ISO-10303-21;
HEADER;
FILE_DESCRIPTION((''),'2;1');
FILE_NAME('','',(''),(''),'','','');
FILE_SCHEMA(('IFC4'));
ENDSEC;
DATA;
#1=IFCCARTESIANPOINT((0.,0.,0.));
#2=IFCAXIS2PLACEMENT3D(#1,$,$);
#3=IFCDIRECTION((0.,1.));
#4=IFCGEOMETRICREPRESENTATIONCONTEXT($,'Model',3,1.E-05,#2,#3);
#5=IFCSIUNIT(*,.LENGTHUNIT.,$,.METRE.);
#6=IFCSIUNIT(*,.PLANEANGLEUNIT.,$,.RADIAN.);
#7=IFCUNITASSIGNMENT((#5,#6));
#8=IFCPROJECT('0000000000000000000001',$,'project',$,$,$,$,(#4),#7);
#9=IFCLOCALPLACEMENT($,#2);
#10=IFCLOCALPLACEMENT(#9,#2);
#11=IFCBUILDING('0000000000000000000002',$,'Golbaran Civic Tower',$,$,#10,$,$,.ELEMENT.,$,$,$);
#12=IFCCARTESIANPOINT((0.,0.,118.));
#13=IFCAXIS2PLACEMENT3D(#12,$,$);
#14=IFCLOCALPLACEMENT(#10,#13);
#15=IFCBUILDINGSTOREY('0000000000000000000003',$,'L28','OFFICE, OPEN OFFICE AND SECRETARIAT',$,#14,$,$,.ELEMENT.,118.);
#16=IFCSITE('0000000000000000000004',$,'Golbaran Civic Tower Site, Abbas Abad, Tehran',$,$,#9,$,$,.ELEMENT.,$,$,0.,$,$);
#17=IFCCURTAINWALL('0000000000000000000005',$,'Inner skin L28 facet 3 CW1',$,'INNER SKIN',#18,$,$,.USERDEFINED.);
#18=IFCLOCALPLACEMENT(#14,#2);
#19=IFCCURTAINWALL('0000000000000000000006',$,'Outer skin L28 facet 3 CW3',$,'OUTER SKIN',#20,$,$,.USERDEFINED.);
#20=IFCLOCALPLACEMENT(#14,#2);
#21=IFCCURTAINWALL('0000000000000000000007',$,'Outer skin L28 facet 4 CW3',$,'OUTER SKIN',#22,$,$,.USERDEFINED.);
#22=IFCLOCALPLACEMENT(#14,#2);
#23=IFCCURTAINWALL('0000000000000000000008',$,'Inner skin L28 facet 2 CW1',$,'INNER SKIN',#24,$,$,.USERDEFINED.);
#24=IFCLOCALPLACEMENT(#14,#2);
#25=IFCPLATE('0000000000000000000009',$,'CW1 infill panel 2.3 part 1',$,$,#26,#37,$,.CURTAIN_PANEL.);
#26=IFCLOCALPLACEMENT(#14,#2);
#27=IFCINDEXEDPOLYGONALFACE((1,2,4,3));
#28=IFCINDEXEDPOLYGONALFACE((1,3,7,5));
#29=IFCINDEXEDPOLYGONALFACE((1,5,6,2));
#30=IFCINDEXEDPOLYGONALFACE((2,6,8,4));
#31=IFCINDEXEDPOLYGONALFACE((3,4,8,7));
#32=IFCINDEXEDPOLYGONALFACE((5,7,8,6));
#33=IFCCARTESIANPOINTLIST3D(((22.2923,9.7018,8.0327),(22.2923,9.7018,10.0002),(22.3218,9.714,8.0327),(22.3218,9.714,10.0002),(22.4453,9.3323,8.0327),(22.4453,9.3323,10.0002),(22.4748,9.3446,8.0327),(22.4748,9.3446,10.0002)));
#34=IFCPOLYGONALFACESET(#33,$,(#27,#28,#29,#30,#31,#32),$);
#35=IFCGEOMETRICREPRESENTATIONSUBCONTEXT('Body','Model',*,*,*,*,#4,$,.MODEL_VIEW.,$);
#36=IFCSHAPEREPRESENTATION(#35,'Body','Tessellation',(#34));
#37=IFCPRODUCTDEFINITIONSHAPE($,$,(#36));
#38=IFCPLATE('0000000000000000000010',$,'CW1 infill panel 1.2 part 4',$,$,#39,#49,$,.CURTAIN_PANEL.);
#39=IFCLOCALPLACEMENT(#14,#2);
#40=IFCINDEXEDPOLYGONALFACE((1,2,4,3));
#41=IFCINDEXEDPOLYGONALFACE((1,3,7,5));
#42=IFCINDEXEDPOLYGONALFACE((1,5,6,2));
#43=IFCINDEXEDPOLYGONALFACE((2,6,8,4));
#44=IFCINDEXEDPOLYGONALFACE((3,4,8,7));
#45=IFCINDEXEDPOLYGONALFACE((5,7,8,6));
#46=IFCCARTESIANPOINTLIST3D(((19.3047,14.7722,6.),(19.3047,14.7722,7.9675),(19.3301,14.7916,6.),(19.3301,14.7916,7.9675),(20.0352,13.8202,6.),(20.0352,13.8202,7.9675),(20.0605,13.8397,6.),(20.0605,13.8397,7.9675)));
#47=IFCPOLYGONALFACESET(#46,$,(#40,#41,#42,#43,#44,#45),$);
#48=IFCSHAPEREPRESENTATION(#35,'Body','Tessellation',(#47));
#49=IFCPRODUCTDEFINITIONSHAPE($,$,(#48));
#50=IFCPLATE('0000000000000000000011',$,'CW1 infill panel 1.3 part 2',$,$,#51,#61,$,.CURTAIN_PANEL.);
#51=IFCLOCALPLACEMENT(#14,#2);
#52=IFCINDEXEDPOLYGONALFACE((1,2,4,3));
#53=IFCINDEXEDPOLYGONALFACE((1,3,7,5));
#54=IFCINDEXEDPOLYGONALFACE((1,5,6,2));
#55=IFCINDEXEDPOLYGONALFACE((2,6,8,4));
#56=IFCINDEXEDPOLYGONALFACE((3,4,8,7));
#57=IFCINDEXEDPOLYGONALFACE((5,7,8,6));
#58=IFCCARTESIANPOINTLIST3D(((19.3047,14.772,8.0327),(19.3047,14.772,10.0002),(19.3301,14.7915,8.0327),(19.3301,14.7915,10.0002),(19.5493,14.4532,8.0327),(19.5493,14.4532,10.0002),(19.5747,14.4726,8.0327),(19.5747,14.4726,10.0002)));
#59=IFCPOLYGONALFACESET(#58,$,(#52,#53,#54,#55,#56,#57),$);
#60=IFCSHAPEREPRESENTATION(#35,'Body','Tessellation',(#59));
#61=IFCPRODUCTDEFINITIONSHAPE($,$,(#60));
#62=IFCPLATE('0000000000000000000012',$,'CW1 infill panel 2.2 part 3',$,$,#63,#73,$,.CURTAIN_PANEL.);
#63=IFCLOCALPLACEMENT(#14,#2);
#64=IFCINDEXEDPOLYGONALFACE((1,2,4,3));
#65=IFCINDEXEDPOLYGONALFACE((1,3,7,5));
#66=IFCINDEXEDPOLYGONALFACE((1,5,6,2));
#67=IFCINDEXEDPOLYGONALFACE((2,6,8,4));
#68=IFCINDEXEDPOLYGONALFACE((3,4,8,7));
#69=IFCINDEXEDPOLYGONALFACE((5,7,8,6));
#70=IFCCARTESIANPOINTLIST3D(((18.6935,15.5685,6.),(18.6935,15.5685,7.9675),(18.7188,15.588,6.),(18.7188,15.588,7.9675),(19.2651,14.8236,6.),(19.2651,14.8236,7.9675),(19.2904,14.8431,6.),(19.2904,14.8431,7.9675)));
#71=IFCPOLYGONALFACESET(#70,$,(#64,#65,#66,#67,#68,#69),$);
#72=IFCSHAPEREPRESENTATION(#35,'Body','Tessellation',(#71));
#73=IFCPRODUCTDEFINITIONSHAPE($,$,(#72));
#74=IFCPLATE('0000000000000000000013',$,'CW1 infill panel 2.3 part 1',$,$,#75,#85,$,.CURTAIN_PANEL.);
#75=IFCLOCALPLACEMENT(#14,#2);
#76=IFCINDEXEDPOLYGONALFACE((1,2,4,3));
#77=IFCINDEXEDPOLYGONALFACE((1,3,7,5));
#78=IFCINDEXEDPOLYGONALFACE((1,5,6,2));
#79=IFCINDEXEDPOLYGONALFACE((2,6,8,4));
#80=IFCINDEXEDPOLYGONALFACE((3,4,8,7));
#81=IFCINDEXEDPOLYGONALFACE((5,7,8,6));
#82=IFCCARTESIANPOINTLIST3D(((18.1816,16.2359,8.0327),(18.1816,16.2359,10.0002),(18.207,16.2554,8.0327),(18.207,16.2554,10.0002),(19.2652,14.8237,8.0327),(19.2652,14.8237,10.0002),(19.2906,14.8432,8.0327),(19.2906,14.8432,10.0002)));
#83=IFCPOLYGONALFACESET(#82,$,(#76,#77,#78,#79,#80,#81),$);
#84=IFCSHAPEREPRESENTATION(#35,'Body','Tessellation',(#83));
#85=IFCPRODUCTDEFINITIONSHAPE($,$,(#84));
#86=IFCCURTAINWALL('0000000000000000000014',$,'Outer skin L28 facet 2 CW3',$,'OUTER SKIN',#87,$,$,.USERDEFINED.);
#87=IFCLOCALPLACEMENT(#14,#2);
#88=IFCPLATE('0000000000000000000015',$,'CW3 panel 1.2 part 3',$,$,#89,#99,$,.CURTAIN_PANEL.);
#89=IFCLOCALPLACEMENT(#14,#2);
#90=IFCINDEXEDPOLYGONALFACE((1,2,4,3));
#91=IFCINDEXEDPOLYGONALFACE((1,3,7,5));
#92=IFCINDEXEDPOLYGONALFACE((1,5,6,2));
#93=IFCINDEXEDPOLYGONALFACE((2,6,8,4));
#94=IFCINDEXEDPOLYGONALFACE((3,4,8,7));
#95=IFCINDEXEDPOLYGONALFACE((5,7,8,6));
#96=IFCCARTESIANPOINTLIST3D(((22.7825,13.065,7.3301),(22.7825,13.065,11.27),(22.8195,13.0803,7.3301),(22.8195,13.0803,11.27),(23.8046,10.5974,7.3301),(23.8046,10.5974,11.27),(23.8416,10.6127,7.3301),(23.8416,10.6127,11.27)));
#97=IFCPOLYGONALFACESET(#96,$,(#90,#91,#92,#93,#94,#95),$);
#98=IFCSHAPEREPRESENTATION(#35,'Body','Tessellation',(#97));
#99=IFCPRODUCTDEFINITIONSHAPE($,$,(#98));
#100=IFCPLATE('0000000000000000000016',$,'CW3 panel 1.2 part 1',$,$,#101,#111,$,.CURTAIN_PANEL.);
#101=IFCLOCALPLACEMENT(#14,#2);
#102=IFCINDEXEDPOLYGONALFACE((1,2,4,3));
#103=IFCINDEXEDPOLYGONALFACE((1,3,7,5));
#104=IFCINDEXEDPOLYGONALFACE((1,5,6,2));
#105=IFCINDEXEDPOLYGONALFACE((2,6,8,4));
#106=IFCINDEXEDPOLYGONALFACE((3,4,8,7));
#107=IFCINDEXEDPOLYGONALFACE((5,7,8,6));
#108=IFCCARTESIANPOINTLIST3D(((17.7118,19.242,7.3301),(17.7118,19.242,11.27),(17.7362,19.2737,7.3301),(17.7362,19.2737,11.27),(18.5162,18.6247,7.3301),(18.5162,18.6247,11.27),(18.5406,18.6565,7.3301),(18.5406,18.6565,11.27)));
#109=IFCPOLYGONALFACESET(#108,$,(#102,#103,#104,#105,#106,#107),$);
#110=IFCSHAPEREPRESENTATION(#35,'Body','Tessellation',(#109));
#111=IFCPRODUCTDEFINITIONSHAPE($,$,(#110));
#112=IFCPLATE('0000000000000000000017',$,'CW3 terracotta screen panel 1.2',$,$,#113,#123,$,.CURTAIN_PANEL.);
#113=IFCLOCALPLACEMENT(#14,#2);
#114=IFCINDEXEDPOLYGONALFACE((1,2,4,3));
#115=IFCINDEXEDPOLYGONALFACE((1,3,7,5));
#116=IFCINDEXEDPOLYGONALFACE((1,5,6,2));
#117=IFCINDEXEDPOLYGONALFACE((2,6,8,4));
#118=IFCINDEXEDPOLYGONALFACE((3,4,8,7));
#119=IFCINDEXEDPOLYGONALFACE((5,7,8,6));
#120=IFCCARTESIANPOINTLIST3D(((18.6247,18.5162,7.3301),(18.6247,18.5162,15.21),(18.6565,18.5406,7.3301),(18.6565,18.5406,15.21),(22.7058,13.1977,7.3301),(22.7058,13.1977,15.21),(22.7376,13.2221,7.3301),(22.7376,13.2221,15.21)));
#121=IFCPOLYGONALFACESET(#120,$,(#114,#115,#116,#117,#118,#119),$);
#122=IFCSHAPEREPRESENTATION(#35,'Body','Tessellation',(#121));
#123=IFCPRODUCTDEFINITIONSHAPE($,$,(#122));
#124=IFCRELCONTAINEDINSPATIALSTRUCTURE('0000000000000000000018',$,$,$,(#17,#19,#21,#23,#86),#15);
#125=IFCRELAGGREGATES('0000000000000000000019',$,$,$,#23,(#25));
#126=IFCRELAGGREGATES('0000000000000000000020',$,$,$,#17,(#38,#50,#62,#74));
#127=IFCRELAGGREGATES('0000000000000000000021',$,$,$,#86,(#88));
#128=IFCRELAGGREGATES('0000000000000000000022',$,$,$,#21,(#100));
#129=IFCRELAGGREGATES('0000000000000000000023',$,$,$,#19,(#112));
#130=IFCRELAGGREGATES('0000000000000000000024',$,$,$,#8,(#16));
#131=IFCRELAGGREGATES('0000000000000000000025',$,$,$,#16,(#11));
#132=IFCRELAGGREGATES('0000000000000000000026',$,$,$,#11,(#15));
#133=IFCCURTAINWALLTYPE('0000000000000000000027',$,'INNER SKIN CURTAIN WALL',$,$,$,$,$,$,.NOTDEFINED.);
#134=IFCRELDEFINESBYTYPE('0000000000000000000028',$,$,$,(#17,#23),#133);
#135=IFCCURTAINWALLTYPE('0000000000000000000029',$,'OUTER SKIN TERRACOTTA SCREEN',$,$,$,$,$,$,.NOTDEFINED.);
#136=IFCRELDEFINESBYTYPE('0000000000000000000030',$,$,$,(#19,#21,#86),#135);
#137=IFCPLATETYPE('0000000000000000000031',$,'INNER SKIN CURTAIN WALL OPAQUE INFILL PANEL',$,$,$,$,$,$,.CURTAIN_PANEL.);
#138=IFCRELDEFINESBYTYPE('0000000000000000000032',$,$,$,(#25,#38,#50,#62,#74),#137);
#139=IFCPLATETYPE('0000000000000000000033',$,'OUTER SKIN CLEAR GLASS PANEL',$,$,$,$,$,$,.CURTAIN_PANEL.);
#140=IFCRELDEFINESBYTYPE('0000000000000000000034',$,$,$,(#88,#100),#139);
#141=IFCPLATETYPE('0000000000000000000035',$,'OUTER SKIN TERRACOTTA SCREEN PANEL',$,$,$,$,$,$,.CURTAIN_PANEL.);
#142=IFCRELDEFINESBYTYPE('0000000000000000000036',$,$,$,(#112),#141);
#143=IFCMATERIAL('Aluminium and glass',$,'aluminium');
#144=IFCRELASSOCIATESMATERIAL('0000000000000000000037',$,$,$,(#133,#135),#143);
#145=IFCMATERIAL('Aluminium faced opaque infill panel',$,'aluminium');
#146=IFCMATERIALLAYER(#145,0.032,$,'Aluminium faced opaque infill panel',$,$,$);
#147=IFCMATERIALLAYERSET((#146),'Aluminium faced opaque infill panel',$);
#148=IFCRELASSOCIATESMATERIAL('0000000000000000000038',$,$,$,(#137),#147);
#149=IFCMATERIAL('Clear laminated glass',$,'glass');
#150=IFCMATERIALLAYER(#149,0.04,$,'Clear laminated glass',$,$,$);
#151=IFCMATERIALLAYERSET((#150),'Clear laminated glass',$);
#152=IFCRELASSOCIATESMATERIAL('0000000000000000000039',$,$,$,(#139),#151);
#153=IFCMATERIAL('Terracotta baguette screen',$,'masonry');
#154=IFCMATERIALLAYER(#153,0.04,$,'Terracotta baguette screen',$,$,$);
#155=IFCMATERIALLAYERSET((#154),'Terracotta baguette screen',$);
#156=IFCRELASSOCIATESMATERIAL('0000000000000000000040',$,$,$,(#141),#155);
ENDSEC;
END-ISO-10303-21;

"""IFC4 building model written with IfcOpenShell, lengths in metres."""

from ifc_helpers import new_model, si_unit, direction, frame, origin, origin_2d, place, context, subcontext, project, spatial, rectangle, extrude, material, layer, layer_set, type_object, element, aggregate, save


model = new_model("IFC4")

# Units and contexts
model_context = context("Model", 3, precision=1e-05, world=origin(), true_north=direction((0.0, 1.0)))
body_context = subcontext(model_context, "Body", "Model", "MODEL_VIEW")
ifc_project = project(units=[si_unit("LENGTHUNIT", "METRE"), si_unit("PLANEANGLEUNIT", "RADIAN")], contexts=[model_context])

# Site, building, storey
site_placement = place(None, origin())
site = spatial("IfcSite", under=ifc_project, at=site_placement, Name="Golbaran Civic Tower Site, Abbas Abad, Tehran", CompositionType="ELEMENT", RefElevation=0.0)
building_placement = place(site_placement, origin())
building = spatial("IfcBuilding", under=site, at=building_placement, Name="Golbaran Civic Tower", CompositionType="ELEMENT")
storey_placement = place(building_placement, frame((0.0, 0.0, 118.0)))
storey = spatial("IfcBuildingStorey", under=building, at=storey_placement, Name="L28", Description="OFFICE, OPEN OFFICE AND SECRETARIAT", CompositionType="ELEMENT", Elevation=118.0)

# Curtain wall
ifc_material_1 = material(Name="Aluminium and glass", Category="aluminium")
curtain_wall_type_1 = type_object("IfcCurtainWallType", Name="INNER SKIN CURTAIN WALL", PredefinedType="NOTDEFINED", material=ifc_material_1)
curtain_wall_1_placement = place(storey_placement, origin())
curtain_wall_1 = element("IfcCurtainWall", 1, at=curtain_wall_1_placement, inside=storey, type_object=curtain_wall_type_1, Name="Inner skin L28 facet 3 CW1", ObjectType="INNER SKIN", PredefinedType="USERDEFINED")

# Curtain walls
curtain_wall_type_2 = type_object("IfcCurtainWallType", Name="OUTER SKIN TERRACOTTA SCREEN", PredefinedType="NOTDEFINED", material=ifc_material_1)
curtain_wall_2_placement = place(storey_placement, origin())
curtain_wall_2 = element("IfcCurtainWall", 2, at=curtain_wall_2_placement, inside=storey, type_object=curtain_wall_type_2, Name="Outer skin L28 facet 3 CW3", ObjectType="OUTER SKIN", PredefinedType="USERDEFINED")
curtain_wall_3_placement = place(storey_placement, origin())
curtain_wall_3 = element("IfcCurtainWall", 3, at=curtain_wall_3_placement, inside=storey, type_object=curtain_wall_type_2, Name="Outer skin L28 facet 4 CW3", ObjectType="OUTER SKIN", PredefinedType="USERDEFINED")

# Curtain wall
curtain_wall_4_placement = place(storey_placement, origin())
curtain_wall_4 = element("IfcCurtainWall", 4, at=curtain_wall_4_placement, inside=storey, type_object=curtain_wall_type_1, Name="Inner skin L28 facet 2 CW1", ObjectType="INNER SKIN", PredefinedType="USERDEFINED")

# Plates
ifc_material_2 = material(Name="Aluminium faced opaque infill panel", Category="aluminium")
ifc_layer_1 = layer(ifc_material_2, 0.032, Name="Aluminium faced opaque infill panel")
ifc_layer_set_1 = layer_set([ifc_layer_1], Name="Aluminium faced opaque infill panel")
plate_type_1 = type_object("IfcPlateType", Name="INNER SKIN CURTAIN WALL OPAQUE INFILL PANEL", PredefinedType="CURTAIN_PANEL", material=ifc_layer_set_1)
plate_1_placement = place(storey_placement, frame((22.3835, 9.5232, 8.0327), z_axis=(0.0, 0.0, 1.0), x_axis=(-0.382683, 0.92388, 0.0)))
plate_1 = element("IfcPlate", 5, at=plate_1_placement, type_object=plate_type_1, Name="CW1 infill panel 2.3 part 1", PredefinedType="CURTAIN_PANEL", context=body_context, shape_type="SweptSolid", body=[
    extrude(rectangle(XDim=0.3999, YDim=0.032, at=origin_2d()), origin(), (0.0, 0.0, 1.0), 1.9675),
])
aggregate(curtain_wall_4, [plate_1])
plate_2_placement = place(storey_placement, frame((19.6826, 14.3059, 6.0), z_axis=(0.0, 0.0, 1.0), x_axis=(-0.608761, 0.793353, 0.0)))
plate_2 = element("IfcPlate", 6, at=plate_2_placement, type_object=plate_type_1, Name="CW1 infill panel 1.2 part 4", PredefinedType="CURTAIN_PANEL", context=body_context, shape_type="SweptSolid", body=[
    extrude(rectangle(XDim=1.2, YDim=0.032, at=origin_2d()), origin(), (0.0, 0.0, 1.0), 1.9675),
])
plate_3_placement = place(storey_placement, frame((19.4397, 14.6223, 8.0327), z_axis=(0.0, 0.0, 1.0), x_axis=(-0.608761, 0.793353, 0.0)))
plate_3 = element("IfcPlate", 7, at=plate_3_placement, type_object=plate_type_1, Name="CW1 infill panel 1.3 part 2", PredefinedType="CURTAIN_PANEL", context=body_context, shape_type="SweptSolid", body=[
    extrude(rectangle(XDim=0.4019, YDim=0.032, at=origin_2d()), origin(), (0.0, 0.0, 1.0), 1.9675),
])
plate_4_placement = place(storey_placement, frame((18.9919, 15.2058, 6.0), z_axis=(0.0, 0.0, 1.0), x_axis=(-0.608761, 0.793353, 0.0)))
plate_4 = element("IfcPlate", 8, at=plate_4_placement, type_object=plate_type_1, Name="CW1 infill panel 2.2 part 3", PredefinedType="CURTAIN_PANEL", context=body_context, shape_type="SweptSolid", body=[
    extrude(rectangle(XDim=0.939, YDim=0.032, at=origin_2d()), origin(), (0.0, 0.0, 1.0), 1.9675),
])
plate_5_placement = place(storey_placement, frame((18.7361, 15.5396, 8.0327), z_axis=(0.0, 0.0, 1.0), x_axis=(-0.608761, 0.793353, 0.0)))
plate_5 = element("IfcPlate", 9, at=plate_5_placement, type_object=plate_type_1, Name="CW1 infill panel 2.3 part 1", PredefinedType="CURTAIN_PANEL", context=body_context, shape_type="SweptSolid", body=[
    extrude(rectangle(XDim=1.78, YDim=0.032, at=origin_2d()), origin(), (0.0, 0.0, 1.0), 1.9675),
])
aggregate(curtain_wall_1, [plate_2, plate_3, plate_4, plate_5])

# Curtain wall, plate
curtain_wall_5_placement = place(storey_placement, origin())
curtain_wall_5 = element("IfcCurtainWall", 10, at=curtain_wall_5_placement, inside=storey, type_object=curtain_wall_type_2, Name="Outer skin L28 facet 2 CW3", ObjectType="OUTER SKIN", PredefinedType="USERDEFINED")
ifc_material_3 = material(Name="Clear laminated glass", Category="glass")
ifc_layer_2 = layer(ifc_material_3, 0.04, Name="Clear laminated glass")
ifc_layer_set_2 = layer_set([ifc_layer_2], Name="Clear laminated glass")
plate_type_2 = type_object("IfcPlateType", Name="OUTER SKIN CLEAR GLASS PANEL", PredefinedType="CURTAIN_PANEL", material=ifc_layer_set_2)
plate_6_placement = place(storey_placement, frame((23.312, 11.8389, 7.3301), z_axis=(0.0, 0.0, 1.0), x_axis=(-0.382683, 0.92388, 0.0)))
plate_6 = element("IfcPlate", 11, at=plate_6_placement, type_object=plate_type_2, Name="CW3 panel 1.2 part 3", PredefinedType="CURTAIN_PANEL", context=body_context, shape_type="SweptSolid", body=[
    extrude(rectangle(XDim=2.6709, YDim=0.04, at=origin_2d()), origin(), (0.0, 0.0, 1.0), 3.9399),
])
aggregate(curtain_wall_5, [plate_6])

# Plates
plate_7_placement = place(storey_placement, frame((18.1262, 18.9492, 7.3301), z_axis=(0.0, 0.0, 1.0), x_axis=(-0.793353, 0.608761, 0.0)))
plate_7 = element("IfcPlate", 12, at=plate_7_placement, type_object=plate_type_2, Name="CW3 panel 1.2 part 1", PredefinedType="CURTAIN_PANEL", context=body_context, shape_type="SweptSolid", body=[
    extrude(rectangle(XDim=1.0139, YDim=0.04, at=origin_2d()), origin(), (0.0, 0.0, 1.0), 3.9399),
])
aggregate(curtain_wall_3, [plate_7])
ifc_material_4 = material(Name="Terracotta baguette screen", Category="masonry")
ifc_layer_3 = layer(ifc_material_4, 0.04, Name="Terracotta baguette screen")
ifc_layer_set_3 = layer_set([ifc_layer_3], Name="Terracotta baguette screen")
plate_type_3 = type_object("IfcPlateType", Name="OUTER SKIN TERRACOTTA SCREEN PANEL", PredefinedType="CURTAIN_PANEL", material=ifc_layer_set_3)
plate_8_placement = place(storey_placement, frame((20.6812, 15.8691, 7.3301), z_axis=(0.0, 0.0, 1.0), x_axis=(-0.608761, 0.793353, 0.0)))
plate_8 = element("IfcPlate", 13, at=plate_8_placement, type_object=plate_type_3, Name="CW3 terracotta screen panel 1.2", PredefinedType="CURTAIN_PANEL", context=body_context, shape_type="SweptSolid", body=[
    extrude(rectangle(XDim=6.7039, YDim=0.04, at=origin_2d()), origin(), (0.0, 0.0, 1.0), 7.8799),
])
aggregate(curtain_wall_2, [plate_8])

save(model, "model.ifc")
